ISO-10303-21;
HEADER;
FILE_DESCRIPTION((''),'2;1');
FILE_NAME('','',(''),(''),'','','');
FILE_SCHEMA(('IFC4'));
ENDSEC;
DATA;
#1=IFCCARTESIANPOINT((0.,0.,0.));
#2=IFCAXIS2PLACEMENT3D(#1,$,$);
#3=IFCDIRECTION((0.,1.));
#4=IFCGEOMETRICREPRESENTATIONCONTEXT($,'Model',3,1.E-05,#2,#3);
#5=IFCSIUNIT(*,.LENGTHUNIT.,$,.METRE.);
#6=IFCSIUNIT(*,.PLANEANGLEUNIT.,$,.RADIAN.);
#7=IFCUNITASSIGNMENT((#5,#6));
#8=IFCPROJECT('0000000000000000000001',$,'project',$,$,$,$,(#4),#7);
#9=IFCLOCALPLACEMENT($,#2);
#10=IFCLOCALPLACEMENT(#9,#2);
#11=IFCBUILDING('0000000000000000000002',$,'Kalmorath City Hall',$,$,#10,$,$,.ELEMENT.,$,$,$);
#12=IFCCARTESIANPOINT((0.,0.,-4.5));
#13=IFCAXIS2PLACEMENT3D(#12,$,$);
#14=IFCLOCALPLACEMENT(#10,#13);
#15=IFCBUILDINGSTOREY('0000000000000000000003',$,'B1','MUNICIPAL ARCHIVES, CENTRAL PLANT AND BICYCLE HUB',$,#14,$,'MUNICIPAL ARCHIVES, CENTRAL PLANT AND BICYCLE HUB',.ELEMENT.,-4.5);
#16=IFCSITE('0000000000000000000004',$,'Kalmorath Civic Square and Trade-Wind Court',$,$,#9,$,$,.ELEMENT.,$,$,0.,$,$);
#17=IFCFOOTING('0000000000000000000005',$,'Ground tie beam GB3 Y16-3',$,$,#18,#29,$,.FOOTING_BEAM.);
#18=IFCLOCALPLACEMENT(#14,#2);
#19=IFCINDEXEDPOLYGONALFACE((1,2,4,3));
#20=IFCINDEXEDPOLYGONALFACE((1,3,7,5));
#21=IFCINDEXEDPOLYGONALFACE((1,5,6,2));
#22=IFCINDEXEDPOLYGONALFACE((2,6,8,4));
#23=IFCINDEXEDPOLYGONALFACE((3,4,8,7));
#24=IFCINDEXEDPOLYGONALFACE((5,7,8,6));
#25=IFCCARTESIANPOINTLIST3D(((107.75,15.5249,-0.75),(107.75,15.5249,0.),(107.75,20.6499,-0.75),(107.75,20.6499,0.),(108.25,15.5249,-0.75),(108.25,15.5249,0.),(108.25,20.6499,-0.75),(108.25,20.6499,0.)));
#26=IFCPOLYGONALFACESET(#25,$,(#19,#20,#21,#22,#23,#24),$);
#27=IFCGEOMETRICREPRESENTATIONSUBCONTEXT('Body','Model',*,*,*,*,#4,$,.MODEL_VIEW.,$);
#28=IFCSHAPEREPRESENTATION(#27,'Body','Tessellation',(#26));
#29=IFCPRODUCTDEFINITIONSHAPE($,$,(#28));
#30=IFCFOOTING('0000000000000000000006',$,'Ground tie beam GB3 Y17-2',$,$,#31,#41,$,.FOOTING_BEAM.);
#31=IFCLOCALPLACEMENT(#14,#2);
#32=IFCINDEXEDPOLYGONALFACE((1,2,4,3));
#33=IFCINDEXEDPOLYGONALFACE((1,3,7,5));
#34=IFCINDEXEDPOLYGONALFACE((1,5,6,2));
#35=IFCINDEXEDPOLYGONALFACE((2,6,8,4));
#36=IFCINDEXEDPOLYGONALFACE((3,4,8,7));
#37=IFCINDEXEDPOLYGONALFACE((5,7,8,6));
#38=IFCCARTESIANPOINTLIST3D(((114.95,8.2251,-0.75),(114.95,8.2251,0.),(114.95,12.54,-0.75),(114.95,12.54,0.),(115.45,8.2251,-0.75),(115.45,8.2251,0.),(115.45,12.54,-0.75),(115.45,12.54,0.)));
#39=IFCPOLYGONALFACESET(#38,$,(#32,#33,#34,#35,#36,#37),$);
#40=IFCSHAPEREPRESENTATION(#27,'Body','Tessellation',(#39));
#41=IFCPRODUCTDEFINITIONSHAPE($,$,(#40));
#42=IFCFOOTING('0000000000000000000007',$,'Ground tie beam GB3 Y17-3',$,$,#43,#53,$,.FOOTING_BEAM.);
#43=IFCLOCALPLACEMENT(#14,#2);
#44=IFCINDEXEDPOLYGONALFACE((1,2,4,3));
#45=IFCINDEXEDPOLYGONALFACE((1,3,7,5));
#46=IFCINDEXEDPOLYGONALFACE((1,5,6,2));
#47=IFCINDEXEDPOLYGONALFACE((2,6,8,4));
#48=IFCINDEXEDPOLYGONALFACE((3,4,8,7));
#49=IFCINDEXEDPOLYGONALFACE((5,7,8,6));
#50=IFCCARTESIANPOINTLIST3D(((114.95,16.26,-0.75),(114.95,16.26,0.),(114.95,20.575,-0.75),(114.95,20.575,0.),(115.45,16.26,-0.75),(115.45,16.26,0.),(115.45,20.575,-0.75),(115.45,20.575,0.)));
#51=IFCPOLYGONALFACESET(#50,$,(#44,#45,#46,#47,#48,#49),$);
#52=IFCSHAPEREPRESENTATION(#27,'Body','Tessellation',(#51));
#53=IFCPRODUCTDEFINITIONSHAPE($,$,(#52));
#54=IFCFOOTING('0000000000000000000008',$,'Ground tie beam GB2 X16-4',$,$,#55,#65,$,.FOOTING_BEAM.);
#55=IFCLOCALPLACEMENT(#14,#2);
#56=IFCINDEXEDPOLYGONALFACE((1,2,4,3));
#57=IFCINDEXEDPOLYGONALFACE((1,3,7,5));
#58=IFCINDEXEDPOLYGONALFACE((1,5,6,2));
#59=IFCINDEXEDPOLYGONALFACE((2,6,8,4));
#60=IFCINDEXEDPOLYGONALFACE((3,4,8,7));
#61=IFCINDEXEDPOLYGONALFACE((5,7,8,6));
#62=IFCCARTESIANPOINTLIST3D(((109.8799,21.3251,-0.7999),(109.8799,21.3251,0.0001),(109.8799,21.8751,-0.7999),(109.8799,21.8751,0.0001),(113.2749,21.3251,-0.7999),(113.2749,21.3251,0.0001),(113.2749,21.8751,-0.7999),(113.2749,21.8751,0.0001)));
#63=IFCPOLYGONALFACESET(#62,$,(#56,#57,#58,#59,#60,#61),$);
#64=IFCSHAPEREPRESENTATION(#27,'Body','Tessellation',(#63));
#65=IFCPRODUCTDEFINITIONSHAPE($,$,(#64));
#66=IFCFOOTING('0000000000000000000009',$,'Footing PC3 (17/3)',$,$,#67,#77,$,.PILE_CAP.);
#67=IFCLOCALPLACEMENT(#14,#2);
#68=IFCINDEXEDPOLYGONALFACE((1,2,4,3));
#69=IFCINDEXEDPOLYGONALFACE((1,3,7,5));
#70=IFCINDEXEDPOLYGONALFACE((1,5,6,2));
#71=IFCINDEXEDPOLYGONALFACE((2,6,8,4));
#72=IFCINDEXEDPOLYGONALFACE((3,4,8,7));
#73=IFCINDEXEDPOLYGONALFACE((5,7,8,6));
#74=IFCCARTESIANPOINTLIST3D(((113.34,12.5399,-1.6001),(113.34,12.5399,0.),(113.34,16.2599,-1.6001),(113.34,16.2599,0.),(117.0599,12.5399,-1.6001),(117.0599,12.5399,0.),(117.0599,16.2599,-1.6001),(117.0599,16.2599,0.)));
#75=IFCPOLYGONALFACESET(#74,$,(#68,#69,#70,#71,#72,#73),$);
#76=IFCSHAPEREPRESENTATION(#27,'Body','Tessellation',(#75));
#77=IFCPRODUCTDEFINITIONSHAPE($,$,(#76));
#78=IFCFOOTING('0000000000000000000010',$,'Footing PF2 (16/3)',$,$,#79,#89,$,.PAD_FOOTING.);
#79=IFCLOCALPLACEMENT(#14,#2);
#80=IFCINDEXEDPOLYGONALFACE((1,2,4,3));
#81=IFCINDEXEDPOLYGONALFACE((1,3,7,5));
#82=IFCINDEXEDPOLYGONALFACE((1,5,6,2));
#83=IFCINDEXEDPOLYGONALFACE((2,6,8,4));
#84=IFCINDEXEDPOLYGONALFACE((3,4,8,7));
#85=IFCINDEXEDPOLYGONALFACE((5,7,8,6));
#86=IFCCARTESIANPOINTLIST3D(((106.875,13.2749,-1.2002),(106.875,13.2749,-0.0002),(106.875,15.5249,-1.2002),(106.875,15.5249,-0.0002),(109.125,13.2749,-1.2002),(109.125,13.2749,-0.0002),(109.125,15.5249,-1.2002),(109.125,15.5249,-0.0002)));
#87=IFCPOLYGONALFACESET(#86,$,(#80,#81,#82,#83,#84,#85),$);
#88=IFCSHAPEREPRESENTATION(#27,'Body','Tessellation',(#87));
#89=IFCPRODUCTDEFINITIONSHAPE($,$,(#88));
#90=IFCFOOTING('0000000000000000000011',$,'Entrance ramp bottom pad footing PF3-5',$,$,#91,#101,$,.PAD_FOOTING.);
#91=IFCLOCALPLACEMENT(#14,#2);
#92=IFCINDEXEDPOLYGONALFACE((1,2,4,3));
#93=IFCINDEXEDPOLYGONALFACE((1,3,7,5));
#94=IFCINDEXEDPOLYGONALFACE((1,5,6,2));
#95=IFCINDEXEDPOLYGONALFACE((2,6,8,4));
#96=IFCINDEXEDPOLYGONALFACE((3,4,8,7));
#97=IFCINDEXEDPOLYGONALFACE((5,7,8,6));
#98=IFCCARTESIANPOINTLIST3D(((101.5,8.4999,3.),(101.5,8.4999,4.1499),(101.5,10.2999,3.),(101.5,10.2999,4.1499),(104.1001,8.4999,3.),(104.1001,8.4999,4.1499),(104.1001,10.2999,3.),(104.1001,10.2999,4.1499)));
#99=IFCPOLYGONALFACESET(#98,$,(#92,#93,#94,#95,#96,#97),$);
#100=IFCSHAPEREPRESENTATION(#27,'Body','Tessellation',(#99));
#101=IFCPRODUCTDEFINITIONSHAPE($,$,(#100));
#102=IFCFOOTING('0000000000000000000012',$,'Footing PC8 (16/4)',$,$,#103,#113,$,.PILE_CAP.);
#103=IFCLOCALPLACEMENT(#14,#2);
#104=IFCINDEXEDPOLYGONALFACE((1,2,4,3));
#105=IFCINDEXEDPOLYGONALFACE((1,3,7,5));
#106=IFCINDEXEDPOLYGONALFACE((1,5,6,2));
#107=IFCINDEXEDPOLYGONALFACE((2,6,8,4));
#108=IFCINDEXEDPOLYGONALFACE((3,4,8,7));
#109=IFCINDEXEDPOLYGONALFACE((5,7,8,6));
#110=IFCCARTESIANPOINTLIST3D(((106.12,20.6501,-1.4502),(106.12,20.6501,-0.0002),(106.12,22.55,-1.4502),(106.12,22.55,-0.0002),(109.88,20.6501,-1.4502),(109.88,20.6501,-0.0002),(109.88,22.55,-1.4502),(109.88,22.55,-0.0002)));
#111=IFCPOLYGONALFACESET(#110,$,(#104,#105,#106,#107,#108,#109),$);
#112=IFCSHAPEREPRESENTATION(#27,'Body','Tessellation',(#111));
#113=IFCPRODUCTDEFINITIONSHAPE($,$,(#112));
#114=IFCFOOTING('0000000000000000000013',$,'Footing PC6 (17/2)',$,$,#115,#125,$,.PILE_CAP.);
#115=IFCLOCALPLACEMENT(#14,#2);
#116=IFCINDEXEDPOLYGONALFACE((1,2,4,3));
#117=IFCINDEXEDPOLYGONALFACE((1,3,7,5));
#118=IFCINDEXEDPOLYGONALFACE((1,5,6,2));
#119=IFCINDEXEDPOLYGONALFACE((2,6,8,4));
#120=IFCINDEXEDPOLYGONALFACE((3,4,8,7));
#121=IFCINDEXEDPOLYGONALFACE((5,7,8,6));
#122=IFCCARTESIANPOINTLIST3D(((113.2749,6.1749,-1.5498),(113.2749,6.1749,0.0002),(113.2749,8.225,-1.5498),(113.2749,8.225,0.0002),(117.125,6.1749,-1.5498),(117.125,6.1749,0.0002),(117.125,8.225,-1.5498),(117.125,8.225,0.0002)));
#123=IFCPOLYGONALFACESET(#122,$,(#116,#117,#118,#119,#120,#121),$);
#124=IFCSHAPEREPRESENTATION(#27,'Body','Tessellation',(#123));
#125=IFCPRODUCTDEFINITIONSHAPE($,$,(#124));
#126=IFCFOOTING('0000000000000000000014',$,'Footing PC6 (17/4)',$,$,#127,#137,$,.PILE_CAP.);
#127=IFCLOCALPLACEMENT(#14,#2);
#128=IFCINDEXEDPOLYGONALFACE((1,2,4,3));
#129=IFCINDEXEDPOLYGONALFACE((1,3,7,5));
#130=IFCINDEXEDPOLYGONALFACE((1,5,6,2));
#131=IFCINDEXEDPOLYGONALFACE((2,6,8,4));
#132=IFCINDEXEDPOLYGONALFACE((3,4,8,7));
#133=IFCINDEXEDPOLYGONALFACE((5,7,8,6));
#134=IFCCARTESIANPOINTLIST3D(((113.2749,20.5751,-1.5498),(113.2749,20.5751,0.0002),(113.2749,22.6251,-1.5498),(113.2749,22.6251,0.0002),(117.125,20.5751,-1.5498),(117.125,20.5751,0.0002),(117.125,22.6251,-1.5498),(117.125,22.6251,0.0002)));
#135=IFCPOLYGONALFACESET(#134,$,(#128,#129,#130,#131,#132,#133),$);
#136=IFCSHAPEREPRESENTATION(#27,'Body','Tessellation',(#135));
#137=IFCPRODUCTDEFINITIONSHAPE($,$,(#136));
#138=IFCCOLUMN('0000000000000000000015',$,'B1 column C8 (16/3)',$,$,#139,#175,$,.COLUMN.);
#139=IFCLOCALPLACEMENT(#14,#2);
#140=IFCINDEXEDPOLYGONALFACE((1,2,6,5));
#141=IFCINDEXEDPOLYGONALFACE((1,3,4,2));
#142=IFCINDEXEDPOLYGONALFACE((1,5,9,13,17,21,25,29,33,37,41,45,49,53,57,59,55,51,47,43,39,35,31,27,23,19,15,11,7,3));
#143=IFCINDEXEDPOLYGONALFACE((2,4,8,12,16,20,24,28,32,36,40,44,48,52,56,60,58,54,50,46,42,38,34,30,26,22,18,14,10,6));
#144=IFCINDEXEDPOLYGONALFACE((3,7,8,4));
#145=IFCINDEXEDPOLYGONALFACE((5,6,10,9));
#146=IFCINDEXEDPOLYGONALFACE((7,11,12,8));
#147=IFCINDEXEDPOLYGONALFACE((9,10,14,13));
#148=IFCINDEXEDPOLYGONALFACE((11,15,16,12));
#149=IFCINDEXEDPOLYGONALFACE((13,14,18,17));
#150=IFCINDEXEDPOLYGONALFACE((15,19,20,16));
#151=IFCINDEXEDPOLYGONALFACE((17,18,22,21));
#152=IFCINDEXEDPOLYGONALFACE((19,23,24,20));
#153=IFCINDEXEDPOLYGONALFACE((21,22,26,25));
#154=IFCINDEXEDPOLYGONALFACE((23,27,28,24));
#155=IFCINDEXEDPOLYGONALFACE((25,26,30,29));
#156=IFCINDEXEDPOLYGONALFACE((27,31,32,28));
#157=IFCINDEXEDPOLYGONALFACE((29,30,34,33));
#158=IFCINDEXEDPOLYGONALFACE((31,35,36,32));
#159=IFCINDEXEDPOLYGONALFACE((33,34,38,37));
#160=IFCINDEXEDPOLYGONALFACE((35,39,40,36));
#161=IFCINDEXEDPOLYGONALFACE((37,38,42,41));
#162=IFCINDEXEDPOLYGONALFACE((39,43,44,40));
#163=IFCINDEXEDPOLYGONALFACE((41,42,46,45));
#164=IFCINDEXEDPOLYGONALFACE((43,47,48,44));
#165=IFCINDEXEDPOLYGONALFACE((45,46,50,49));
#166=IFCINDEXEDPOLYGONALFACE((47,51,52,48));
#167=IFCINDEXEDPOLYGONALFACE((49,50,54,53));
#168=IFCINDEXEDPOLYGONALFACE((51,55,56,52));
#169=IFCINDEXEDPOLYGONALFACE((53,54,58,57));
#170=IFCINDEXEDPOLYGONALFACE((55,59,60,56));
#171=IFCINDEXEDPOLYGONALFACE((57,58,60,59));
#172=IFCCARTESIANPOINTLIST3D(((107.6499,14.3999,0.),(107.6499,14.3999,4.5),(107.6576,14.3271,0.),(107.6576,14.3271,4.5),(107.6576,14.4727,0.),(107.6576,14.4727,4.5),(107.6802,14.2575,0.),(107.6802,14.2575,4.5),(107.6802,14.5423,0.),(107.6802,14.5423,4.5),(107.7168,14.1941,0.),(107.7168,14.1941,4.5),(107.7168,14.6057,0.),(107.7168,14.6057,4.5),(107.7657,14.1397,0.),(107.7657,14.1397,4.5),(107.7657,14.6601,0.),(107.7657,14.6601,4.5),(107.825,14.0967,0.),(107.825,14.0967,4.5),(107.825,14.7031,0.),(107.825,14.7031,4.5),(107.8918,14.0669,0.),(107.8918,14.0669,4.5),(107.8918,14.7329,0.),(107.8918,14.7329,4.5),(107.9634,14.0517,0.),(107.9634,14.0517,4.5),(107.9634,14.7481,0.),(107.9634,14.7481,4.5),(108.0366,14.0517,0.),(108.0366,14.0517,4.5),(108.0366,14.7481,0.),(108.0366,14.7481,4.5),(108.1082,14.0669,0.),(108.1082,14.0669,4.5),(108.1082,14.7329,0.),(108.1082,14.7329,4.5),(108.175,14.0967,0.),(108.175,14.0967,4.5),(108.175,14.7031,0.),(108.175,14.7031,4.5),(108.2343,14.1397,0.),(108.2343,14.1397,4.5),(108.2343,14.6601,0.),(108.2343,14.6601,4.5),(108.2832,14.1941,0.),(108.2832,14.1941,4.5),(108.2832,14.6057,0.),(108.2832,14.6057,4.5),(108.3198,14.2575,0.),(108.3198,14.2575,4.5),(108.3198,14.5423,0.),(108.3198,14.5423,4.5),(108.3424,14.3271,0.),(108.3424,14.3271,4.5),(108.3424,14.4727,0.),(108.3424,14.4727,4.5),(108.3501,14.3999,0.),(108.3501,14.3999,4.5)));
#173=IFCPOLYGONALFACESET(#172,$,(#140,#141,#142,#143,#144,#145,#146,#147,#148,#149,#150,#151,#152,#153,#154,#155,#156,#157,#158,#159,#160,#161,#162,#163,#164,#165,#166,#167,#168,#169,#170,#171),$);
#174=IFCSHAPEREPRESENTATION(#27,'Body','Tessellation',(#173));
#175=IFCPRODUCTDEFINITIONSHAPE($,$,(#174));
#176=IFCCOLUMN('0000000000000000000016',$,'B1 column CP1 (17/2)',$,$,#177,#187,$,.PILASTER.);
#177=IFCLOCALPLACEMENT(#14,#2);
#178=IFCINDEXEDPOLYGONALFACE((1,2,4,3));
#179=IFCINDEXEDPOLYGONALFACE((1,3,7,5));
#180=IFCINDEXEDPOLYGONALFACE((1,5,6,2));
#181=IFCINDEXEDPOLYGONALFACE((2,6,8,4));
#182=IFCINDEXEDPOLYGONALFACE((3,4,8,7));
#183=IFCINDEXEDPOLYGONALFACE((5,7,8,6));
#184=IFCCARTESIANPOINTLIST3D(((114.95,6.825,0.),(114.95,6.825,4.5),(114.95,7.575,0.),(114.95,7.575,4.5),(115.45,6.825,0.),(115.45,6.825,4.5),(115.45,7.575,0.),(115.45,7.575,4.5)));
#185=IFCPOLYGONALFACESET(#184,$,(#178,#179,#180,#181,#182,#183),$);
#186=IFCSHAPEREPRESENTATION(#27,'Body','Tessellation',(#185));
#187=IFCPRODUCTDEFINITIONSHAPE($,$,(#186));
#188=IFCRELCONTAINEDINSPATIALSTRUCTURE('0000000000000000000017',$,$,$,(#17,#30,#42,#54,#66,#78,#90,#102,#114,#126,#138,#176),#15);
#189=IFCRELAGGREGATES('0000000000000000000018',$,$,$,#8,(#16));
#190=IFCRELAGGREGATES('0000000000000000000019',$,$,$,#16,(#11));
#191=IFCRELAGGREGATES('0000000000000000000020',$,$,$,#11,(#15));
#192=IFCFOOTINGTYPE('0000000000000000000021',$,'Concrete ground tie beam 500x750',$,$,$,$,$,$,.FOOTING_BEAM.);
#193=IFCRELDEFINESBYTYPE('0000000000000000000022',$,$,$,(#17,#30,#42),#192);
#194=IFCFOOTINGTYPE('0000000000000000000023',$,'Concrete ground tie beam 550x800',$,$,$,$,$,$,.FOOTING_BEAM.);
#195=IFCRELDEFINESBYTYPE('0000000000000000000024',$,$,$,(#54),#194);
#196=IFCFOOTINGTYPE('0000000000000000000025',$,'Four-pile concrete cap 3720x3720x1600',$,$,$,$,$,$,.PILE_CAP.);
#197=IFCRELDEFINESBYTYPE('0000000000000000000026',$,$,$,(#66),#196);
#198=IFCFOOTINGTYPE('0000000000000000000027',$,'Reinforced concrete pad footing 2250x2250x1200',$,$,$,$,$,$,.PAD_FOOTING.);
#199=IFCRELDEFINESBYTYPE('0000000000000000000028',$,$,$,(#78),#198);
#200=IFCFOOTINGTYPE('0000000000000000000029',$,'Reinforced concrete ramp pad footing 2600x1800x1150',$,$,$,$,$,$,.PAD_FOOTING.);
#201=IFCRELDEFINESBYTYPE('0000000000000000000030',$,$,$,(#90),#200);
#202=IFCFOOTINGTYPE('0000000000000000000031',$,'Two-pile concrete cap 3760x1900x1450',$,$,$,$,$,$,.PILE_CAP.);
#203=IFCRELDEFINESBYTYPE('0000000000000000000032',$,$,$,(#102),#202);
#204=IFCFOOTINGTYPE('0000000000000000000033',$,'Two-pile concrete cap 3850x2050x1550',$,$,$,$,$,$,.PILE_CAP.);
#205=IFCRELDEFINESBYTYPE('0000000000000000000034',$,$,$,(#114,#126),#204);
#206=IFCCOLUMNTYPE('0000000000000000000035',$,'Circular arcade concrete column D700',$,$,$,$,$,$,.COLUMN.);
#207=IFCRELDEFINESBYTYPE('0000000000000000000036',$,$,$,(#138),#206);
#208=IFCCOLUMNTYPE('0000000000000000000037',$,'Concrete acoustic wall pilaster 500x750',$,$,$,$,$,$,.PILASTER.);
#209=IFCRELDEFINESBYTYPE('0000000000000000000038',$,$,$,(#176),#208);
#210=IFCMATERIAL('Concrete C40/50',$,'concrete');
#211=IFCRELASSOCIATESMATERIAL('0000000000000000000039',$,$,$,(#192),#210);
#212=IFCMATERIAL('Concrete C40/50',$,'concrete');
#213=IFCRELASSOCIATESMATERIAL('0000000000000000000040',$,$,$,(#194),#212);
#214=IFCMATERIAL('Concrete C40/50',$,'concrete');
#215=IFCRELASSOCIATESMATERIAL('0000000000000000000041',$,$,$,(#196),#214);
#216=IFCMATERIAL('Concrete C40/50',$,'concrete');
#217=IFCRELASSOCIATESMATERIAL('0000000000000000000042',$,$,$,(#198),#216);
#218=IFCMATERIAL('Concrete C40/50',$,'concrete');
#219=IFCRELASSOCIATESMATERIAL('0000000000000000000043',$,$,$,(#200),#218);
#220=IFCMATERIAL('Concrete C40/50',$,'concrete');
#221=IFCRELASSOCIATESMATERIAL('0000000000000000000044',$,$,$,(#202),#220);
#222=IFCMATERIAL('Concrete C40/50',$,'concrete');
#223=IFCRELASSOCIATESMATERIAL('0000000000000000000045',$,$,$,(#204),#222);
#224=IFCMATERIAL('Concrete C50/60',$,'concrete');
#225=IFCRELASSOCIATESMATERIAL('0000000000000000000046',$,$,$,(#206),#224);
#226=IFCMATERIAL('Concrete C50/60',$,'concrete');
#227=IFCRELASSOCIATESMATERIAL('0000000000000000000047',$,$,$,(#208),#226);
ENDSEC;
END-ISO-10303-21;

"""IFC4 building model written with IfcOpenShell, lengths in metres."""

from ifc_helpers import new_model, si_unit, direction, frame, origin, origin_2d, place, context, subcontext, project, spatial, rectangle, circle, extrude, material, material_profile, profile_set, type_object, element, save


model = new_model("IFC4")

# Units and contexts
model_context = context("Model", 3, precision=1e-05, world=origin(), true_north=direction((0.0, 1.0)))
body_context = subcontext(model_context, "Body", "Model", "MODEL_VIEW")
ifc_project = project(units=[si_unit("LENGTHUNIT", "METRE"), si_unit("PLANEANGLEUNIT", "RADIAN")], contexts=[model_context])

# Site, building, storey
site_placement = place(None, origin())
site = spatial("IfcSite", under=ifc_project, at=site_placement, Name="Kalmorath Civic Square and Trade-Wind Court", CompositionType="ELEMENT", RefElevation=0.0)
building_placement = place(site_placement, origin())
building = spatial("IfcBuilding", under=site, at=building_placement, Name="Kalmorath City Hall", CompositionType="ELEMENT")
storey_placement = place(building_placement, frame((0.0, 0.0, -4.5)))
storey = spatial("IfcBuildingStorey", under=building, at=storey_placement, Name="B1", Description="MUNICIPAL ARCHIVES, CENTRAL PLANT AND BICYCLE HUB", LongName="MUNICIPAL ARCHIVES, CENTRAL PLANT AND BICYCLE HUB", CompositionType="ELEMENT", Elevation=-4.5)

# Footings
ifc_material_1 = material(Name="Concrete C40/50", Category="concrete")
ifc_material_profile_1 = material_profile(ifc_material_1, rectangle(XDim=0.5, YDim=0.75, at=origin_2d()), Name="RC-BM-500X750")
ifc_profile_set_1 = profile_set([ifc_material_profile_1], Name="Concrete C40/50")
footing_type_1 = type_object("IfcFootingType", Name="Concrete ground tie beam 500x750", PredefinedType="FOOTING_BEAM", material=ifc_profile_set_1)
footing_1_placement = place(storey_placement, frame((108.0, 15.5249, -0.375), z_axis=(0.0, 1.0, 0.0), x_axis=(-1.0, 0.0, 0.0)))
element("IfcFooting", 1, at=footing_1_placement, inside=storey, type_object=footing_type_1, Name="Ground tie beam GB3 Y16-3", PredefinedType="FOOTING_BEAM", context=body_context, shape_type="SweptSolid", body=[
    extrude(rectangle(XDim=0.5, YDim=0.75, at=origin_2d()), origin(), (0.0, 0.0, 1.0), 5.125),
])
for number, where, z_axis, x_axis, name in (
    (2, (115.2, 8.2251, -0.375), (0.0, 1.0, 0.0), (-1.0, 0.0, 0.0), "Ground tie beam GB3 Y17-2"),
    (3, (115.2, 16.26, -0.375), (0.0, 1.0, 0.0), (-1.0, 0.0, 0.0), "Ground tie beam GB3 Y17-3"),
):
    element("IfcFooting", number, at=place(storey_placement, frame(where, z_axis=z_axis, x_axis=x_axis)), inside=storey, type_object=footing_type_1, Name=name, PredefinedType="FOOTING_BEAM", context=body_context, shape_type="SweptSolid", body=[
        extrude(rectangle(XDim=0.5, YDim=0.75, at=origin_2d()), origin(), (0.0, 0.0, 1.0), 4.3149),
    ])
ifc_material_2 = material(Name="Concrete C40/50", Category="concrete")
ifc_material_profile_2 = material_profile(ifc_material_2, rectangle(XDim=0.55, YDim=0.8, at=origin_2d()), Name="RC-BM-550X800")
ifc_profile_set_2 = profile_set([ifc_material_profile_2], Name="Concrete C40/50")
footing_type_2 = type_object("IfcFootingType", Name="Concrete ground tie beam 550x800", PredefinedType="FOOTING_BEAM", material=ifc_profile_set_2)
footing_2_placement = place(storey_placement, frame((109.8799, 21.6001, -0.3999), z_axis=(1.0, 0.0, 0.0), x_axis=(0.0, 1.0, 0.0)))
element("IfcFooting", 4, at=footing_2_placement, inside=storey, type_object=footing_type_2, Name="Ground tie beam GB2 X16-4", PredefinedType="FOOTING_BEAM", context=body_context, shape_type="SweptSolid", body=[
    extrude(rectangle(XDim=0.55, YDim=0.8, at=origin_2d()), origin(), (0.0, 0.0, 1.0), 3.395),
])
ifc_material_3 = material(Name="Concrete C40/50", Category="concrete")
footing_type_3 = type_object("IfcFootingType", Name="Four-pile concrete cap 3720x3720x1600", PredefinedType="PILE_CAP", material=ifc_material_3)
footing_3_placement = place(storey_placement, frame((115.2, 14.3999, -1.6001), z_axis=(0.0, 0.0, 1.0), x_axis=(1.0, 0.0, 0.0)))
element("IfcFooting", 5, at=footing_3_placement, inside=storey, type_object=footing_type_3, Name="Footing PC3 (17/3)", PredefinedType="PILE_CAP", context=body_context, shape_type="SweptSolid", body=[
    extrude(rectangle(XDim=3.72, YDim=3.72, at=origin_2d()), origin(), (0.0, 0.0, 1.0), 1.6001),
])
ifc_material_4 = material(Name="Concrete C40/50", Category="concrete")
footing_type_4 = type_object("IfcFootingType", Name="Reinforced concrete pad footing 2250x2250x1200", PredefinedType="PAD_FOOTING", material=ifc_material_4)
footing_4_placement = place(storey_placement, frame((108.0, 14.3999, -1.2002), z_axis=(0.0, 0.0, 1.0), x_axis=(1.0, 0.0, 0.0)))
element("IfcFooting", 6, at=footing_4_placement, inside=storey, type_object=footing_type_4, Name="Footing PF2 (16/3)", PredefinedType="PAD_FOOTING", context=body_context, shape_type="SweptSolid", body=[
    extrude(rectangle(XDim=2.25, YDim=2.25, at=origin_2d()), origin(), (0.0, 0.0, 1.0), 1.2),
])
ifc_material_5 = material(Name="Concrete C40/50", Category="concrete")
footing_type_5 = type_object("IfcFootingType", Name="Reinforced concrete ramp pad footing 2600x1800x1150", PredefinedType="PAD_FOOTING", material=ifc_material_5)
footing_5_placement = place(storey_placement, frame((102.8, 9.3999, 3.0), z_axis=(0.0, 0.0, 1.0), x_axis=(1.0, 0.0, 0.0)))
element("IfcFooting", 7, at=footing_5_placement, inside=storey, type_object=footing_type_5, Name="Entrance ramp bottom pad footing PF3-5", PredefinedType="PAD_FOOTING", context=body_context, shape_type="SweptSolid", body=[
    extrude(rectangle(XDim=2.6001, YDim=1.8, at=origin_2d()), origin(), (0.0, 0.0, 1.0), 1.1499),
])
ifc_material_6 = material(Name="Concrete C40/50", Category="concrete")
footing_type_6 = type_object("IfcFootingType", Name="Two-pile concrete cap 3760x1900x1450", PredefinedType="PILE_CAP", material=ifc_material_6)
footing_6_placement = place(storey_placement, frame((108.0, 21.6001, -1.4502), z_axis=(0.0, 0.0, 1.0), x_axis=(1.0, 0.0, 0.0)))
element("IfcFooting", 8, at=footing_6_placement, inside=storey, type_object=footing_type_6, Name="Footing PC8 (16/4)", PredefinedType="PILE_CAP", context=body_context, shape_type="SweptSolid", body=[
    extrude(rectangle(XDim=3.76, YDim=1.8999, at=origin_2d()), origin(), (0.0, 0.0, 1.0), 1.45),
])
ifc_material_7 = material(Name="Concrete C40/50", Category="concrete")
footing_type_7 = type_object("IfcFootingType", Name="Two-pile concrete cap 3850x2050x1550", PredefinedType="PILE_CAP", material=ifc_material_7)
for number, where, z_axis, x_axis, name in (
    (9, (115.2, 7.2, -1.5498), (0.0, 0.0, 1.0), (1.0, 0.0, 0.0), "Footing PC6 (17/2)"),
    (10, (115.2, 21.6001, -1.5498), (0.0, 0.0, 1.0), (1.0, 0.0, 0.0), "Footing PC6 (17/4)"),
):
    element("IfcFooting", number, at=place(storey_placement, frame(where, z_axis=z_axis, x_axis=x_axis)), inside=storey, type_object=footing_type_7, Name=name, PredefinedType="PILE_CAP", context=body_context, shape_type="SweptSolid", body=[
        extrude(rectangle(XDim=3.8501, YDim=2.05, at=origin_2d()), origin(), (0.0, 0.0, 1.0), 1.55),
    ])

# Columns
ifc_material_8 = material(Name="Concrete C50/60", Category="concrete")
ifc_material_profile_3 = material_profile(ifc_material_8, circle(Radius=0.3501, at=origin_2d()), Name="RC-COL-D700")
ifc_profile_set_3 = profile_set([ifc_material_profile_3], Name="Concrete C50/60")
column_type_1 = type_object("IfcColumnType", Name="Circular arcade concrete column D700", PredefinedType="COLUMN", material=ifc_profile_set_3)
column_1_placement = place(storey_placement, frame((108.0, 14.3999, 0.0), z_axis=(0.0, 0.0, 1.0), x_axis=(1.0, 0.0, 0.0)))
element("IfcColumn", 11, at=column_1_placement, inside=storey, type_object=column_type_1, Name="B1 column C8 (16/3)", PredefinedType="COLUMN", context=body_context, shape_type="SweptSolid", body=[
    extrude(circle(Radius=0.3501, at=origin_2d()), origin(), (0.0, 0.0, 1.0), 4.5),
])
ifc_material_9 = material(Name="Concrete C50/60", Category="concrete")
ifc_material_profile_4 = material_profile(ifc_material_9, rectangle(XDim=0.5, YDim=0.75, at=origin_2d()), Name="RC-PIL-500X750")
ifc_profile_set_4 = profile_set([ifc_material_profile_4], Name="Concrete C50/60")
column_type_2 = type_object("IfcColumnType", Name="Concrete acoustic wall pilaster 500x750", PredefinedType="PILASTER", material=ifc_profile_set_4)
column_2_placement = place(storey_placement, frame((115.2, 7.2, 0.0), z_axis=(0.0, 0.0, 1.0), x_axis=(1.0, 0.0, 0.0)))
element("IfcColumn", 12, at=column_2_placement, inside=storey, type_object=column_type_2, Name="B1 column CP1 (17/2)", PredefinedType="PILASTER", context=body_context, shape_type="SweptSolid", body=[
    extrude(rectangle(XDim=0.5, YDim=0.75, at=origin_2d()), origin(), (0.0, 0.0, 1.0), 4.5),
])

save(model, "model.ifc")
